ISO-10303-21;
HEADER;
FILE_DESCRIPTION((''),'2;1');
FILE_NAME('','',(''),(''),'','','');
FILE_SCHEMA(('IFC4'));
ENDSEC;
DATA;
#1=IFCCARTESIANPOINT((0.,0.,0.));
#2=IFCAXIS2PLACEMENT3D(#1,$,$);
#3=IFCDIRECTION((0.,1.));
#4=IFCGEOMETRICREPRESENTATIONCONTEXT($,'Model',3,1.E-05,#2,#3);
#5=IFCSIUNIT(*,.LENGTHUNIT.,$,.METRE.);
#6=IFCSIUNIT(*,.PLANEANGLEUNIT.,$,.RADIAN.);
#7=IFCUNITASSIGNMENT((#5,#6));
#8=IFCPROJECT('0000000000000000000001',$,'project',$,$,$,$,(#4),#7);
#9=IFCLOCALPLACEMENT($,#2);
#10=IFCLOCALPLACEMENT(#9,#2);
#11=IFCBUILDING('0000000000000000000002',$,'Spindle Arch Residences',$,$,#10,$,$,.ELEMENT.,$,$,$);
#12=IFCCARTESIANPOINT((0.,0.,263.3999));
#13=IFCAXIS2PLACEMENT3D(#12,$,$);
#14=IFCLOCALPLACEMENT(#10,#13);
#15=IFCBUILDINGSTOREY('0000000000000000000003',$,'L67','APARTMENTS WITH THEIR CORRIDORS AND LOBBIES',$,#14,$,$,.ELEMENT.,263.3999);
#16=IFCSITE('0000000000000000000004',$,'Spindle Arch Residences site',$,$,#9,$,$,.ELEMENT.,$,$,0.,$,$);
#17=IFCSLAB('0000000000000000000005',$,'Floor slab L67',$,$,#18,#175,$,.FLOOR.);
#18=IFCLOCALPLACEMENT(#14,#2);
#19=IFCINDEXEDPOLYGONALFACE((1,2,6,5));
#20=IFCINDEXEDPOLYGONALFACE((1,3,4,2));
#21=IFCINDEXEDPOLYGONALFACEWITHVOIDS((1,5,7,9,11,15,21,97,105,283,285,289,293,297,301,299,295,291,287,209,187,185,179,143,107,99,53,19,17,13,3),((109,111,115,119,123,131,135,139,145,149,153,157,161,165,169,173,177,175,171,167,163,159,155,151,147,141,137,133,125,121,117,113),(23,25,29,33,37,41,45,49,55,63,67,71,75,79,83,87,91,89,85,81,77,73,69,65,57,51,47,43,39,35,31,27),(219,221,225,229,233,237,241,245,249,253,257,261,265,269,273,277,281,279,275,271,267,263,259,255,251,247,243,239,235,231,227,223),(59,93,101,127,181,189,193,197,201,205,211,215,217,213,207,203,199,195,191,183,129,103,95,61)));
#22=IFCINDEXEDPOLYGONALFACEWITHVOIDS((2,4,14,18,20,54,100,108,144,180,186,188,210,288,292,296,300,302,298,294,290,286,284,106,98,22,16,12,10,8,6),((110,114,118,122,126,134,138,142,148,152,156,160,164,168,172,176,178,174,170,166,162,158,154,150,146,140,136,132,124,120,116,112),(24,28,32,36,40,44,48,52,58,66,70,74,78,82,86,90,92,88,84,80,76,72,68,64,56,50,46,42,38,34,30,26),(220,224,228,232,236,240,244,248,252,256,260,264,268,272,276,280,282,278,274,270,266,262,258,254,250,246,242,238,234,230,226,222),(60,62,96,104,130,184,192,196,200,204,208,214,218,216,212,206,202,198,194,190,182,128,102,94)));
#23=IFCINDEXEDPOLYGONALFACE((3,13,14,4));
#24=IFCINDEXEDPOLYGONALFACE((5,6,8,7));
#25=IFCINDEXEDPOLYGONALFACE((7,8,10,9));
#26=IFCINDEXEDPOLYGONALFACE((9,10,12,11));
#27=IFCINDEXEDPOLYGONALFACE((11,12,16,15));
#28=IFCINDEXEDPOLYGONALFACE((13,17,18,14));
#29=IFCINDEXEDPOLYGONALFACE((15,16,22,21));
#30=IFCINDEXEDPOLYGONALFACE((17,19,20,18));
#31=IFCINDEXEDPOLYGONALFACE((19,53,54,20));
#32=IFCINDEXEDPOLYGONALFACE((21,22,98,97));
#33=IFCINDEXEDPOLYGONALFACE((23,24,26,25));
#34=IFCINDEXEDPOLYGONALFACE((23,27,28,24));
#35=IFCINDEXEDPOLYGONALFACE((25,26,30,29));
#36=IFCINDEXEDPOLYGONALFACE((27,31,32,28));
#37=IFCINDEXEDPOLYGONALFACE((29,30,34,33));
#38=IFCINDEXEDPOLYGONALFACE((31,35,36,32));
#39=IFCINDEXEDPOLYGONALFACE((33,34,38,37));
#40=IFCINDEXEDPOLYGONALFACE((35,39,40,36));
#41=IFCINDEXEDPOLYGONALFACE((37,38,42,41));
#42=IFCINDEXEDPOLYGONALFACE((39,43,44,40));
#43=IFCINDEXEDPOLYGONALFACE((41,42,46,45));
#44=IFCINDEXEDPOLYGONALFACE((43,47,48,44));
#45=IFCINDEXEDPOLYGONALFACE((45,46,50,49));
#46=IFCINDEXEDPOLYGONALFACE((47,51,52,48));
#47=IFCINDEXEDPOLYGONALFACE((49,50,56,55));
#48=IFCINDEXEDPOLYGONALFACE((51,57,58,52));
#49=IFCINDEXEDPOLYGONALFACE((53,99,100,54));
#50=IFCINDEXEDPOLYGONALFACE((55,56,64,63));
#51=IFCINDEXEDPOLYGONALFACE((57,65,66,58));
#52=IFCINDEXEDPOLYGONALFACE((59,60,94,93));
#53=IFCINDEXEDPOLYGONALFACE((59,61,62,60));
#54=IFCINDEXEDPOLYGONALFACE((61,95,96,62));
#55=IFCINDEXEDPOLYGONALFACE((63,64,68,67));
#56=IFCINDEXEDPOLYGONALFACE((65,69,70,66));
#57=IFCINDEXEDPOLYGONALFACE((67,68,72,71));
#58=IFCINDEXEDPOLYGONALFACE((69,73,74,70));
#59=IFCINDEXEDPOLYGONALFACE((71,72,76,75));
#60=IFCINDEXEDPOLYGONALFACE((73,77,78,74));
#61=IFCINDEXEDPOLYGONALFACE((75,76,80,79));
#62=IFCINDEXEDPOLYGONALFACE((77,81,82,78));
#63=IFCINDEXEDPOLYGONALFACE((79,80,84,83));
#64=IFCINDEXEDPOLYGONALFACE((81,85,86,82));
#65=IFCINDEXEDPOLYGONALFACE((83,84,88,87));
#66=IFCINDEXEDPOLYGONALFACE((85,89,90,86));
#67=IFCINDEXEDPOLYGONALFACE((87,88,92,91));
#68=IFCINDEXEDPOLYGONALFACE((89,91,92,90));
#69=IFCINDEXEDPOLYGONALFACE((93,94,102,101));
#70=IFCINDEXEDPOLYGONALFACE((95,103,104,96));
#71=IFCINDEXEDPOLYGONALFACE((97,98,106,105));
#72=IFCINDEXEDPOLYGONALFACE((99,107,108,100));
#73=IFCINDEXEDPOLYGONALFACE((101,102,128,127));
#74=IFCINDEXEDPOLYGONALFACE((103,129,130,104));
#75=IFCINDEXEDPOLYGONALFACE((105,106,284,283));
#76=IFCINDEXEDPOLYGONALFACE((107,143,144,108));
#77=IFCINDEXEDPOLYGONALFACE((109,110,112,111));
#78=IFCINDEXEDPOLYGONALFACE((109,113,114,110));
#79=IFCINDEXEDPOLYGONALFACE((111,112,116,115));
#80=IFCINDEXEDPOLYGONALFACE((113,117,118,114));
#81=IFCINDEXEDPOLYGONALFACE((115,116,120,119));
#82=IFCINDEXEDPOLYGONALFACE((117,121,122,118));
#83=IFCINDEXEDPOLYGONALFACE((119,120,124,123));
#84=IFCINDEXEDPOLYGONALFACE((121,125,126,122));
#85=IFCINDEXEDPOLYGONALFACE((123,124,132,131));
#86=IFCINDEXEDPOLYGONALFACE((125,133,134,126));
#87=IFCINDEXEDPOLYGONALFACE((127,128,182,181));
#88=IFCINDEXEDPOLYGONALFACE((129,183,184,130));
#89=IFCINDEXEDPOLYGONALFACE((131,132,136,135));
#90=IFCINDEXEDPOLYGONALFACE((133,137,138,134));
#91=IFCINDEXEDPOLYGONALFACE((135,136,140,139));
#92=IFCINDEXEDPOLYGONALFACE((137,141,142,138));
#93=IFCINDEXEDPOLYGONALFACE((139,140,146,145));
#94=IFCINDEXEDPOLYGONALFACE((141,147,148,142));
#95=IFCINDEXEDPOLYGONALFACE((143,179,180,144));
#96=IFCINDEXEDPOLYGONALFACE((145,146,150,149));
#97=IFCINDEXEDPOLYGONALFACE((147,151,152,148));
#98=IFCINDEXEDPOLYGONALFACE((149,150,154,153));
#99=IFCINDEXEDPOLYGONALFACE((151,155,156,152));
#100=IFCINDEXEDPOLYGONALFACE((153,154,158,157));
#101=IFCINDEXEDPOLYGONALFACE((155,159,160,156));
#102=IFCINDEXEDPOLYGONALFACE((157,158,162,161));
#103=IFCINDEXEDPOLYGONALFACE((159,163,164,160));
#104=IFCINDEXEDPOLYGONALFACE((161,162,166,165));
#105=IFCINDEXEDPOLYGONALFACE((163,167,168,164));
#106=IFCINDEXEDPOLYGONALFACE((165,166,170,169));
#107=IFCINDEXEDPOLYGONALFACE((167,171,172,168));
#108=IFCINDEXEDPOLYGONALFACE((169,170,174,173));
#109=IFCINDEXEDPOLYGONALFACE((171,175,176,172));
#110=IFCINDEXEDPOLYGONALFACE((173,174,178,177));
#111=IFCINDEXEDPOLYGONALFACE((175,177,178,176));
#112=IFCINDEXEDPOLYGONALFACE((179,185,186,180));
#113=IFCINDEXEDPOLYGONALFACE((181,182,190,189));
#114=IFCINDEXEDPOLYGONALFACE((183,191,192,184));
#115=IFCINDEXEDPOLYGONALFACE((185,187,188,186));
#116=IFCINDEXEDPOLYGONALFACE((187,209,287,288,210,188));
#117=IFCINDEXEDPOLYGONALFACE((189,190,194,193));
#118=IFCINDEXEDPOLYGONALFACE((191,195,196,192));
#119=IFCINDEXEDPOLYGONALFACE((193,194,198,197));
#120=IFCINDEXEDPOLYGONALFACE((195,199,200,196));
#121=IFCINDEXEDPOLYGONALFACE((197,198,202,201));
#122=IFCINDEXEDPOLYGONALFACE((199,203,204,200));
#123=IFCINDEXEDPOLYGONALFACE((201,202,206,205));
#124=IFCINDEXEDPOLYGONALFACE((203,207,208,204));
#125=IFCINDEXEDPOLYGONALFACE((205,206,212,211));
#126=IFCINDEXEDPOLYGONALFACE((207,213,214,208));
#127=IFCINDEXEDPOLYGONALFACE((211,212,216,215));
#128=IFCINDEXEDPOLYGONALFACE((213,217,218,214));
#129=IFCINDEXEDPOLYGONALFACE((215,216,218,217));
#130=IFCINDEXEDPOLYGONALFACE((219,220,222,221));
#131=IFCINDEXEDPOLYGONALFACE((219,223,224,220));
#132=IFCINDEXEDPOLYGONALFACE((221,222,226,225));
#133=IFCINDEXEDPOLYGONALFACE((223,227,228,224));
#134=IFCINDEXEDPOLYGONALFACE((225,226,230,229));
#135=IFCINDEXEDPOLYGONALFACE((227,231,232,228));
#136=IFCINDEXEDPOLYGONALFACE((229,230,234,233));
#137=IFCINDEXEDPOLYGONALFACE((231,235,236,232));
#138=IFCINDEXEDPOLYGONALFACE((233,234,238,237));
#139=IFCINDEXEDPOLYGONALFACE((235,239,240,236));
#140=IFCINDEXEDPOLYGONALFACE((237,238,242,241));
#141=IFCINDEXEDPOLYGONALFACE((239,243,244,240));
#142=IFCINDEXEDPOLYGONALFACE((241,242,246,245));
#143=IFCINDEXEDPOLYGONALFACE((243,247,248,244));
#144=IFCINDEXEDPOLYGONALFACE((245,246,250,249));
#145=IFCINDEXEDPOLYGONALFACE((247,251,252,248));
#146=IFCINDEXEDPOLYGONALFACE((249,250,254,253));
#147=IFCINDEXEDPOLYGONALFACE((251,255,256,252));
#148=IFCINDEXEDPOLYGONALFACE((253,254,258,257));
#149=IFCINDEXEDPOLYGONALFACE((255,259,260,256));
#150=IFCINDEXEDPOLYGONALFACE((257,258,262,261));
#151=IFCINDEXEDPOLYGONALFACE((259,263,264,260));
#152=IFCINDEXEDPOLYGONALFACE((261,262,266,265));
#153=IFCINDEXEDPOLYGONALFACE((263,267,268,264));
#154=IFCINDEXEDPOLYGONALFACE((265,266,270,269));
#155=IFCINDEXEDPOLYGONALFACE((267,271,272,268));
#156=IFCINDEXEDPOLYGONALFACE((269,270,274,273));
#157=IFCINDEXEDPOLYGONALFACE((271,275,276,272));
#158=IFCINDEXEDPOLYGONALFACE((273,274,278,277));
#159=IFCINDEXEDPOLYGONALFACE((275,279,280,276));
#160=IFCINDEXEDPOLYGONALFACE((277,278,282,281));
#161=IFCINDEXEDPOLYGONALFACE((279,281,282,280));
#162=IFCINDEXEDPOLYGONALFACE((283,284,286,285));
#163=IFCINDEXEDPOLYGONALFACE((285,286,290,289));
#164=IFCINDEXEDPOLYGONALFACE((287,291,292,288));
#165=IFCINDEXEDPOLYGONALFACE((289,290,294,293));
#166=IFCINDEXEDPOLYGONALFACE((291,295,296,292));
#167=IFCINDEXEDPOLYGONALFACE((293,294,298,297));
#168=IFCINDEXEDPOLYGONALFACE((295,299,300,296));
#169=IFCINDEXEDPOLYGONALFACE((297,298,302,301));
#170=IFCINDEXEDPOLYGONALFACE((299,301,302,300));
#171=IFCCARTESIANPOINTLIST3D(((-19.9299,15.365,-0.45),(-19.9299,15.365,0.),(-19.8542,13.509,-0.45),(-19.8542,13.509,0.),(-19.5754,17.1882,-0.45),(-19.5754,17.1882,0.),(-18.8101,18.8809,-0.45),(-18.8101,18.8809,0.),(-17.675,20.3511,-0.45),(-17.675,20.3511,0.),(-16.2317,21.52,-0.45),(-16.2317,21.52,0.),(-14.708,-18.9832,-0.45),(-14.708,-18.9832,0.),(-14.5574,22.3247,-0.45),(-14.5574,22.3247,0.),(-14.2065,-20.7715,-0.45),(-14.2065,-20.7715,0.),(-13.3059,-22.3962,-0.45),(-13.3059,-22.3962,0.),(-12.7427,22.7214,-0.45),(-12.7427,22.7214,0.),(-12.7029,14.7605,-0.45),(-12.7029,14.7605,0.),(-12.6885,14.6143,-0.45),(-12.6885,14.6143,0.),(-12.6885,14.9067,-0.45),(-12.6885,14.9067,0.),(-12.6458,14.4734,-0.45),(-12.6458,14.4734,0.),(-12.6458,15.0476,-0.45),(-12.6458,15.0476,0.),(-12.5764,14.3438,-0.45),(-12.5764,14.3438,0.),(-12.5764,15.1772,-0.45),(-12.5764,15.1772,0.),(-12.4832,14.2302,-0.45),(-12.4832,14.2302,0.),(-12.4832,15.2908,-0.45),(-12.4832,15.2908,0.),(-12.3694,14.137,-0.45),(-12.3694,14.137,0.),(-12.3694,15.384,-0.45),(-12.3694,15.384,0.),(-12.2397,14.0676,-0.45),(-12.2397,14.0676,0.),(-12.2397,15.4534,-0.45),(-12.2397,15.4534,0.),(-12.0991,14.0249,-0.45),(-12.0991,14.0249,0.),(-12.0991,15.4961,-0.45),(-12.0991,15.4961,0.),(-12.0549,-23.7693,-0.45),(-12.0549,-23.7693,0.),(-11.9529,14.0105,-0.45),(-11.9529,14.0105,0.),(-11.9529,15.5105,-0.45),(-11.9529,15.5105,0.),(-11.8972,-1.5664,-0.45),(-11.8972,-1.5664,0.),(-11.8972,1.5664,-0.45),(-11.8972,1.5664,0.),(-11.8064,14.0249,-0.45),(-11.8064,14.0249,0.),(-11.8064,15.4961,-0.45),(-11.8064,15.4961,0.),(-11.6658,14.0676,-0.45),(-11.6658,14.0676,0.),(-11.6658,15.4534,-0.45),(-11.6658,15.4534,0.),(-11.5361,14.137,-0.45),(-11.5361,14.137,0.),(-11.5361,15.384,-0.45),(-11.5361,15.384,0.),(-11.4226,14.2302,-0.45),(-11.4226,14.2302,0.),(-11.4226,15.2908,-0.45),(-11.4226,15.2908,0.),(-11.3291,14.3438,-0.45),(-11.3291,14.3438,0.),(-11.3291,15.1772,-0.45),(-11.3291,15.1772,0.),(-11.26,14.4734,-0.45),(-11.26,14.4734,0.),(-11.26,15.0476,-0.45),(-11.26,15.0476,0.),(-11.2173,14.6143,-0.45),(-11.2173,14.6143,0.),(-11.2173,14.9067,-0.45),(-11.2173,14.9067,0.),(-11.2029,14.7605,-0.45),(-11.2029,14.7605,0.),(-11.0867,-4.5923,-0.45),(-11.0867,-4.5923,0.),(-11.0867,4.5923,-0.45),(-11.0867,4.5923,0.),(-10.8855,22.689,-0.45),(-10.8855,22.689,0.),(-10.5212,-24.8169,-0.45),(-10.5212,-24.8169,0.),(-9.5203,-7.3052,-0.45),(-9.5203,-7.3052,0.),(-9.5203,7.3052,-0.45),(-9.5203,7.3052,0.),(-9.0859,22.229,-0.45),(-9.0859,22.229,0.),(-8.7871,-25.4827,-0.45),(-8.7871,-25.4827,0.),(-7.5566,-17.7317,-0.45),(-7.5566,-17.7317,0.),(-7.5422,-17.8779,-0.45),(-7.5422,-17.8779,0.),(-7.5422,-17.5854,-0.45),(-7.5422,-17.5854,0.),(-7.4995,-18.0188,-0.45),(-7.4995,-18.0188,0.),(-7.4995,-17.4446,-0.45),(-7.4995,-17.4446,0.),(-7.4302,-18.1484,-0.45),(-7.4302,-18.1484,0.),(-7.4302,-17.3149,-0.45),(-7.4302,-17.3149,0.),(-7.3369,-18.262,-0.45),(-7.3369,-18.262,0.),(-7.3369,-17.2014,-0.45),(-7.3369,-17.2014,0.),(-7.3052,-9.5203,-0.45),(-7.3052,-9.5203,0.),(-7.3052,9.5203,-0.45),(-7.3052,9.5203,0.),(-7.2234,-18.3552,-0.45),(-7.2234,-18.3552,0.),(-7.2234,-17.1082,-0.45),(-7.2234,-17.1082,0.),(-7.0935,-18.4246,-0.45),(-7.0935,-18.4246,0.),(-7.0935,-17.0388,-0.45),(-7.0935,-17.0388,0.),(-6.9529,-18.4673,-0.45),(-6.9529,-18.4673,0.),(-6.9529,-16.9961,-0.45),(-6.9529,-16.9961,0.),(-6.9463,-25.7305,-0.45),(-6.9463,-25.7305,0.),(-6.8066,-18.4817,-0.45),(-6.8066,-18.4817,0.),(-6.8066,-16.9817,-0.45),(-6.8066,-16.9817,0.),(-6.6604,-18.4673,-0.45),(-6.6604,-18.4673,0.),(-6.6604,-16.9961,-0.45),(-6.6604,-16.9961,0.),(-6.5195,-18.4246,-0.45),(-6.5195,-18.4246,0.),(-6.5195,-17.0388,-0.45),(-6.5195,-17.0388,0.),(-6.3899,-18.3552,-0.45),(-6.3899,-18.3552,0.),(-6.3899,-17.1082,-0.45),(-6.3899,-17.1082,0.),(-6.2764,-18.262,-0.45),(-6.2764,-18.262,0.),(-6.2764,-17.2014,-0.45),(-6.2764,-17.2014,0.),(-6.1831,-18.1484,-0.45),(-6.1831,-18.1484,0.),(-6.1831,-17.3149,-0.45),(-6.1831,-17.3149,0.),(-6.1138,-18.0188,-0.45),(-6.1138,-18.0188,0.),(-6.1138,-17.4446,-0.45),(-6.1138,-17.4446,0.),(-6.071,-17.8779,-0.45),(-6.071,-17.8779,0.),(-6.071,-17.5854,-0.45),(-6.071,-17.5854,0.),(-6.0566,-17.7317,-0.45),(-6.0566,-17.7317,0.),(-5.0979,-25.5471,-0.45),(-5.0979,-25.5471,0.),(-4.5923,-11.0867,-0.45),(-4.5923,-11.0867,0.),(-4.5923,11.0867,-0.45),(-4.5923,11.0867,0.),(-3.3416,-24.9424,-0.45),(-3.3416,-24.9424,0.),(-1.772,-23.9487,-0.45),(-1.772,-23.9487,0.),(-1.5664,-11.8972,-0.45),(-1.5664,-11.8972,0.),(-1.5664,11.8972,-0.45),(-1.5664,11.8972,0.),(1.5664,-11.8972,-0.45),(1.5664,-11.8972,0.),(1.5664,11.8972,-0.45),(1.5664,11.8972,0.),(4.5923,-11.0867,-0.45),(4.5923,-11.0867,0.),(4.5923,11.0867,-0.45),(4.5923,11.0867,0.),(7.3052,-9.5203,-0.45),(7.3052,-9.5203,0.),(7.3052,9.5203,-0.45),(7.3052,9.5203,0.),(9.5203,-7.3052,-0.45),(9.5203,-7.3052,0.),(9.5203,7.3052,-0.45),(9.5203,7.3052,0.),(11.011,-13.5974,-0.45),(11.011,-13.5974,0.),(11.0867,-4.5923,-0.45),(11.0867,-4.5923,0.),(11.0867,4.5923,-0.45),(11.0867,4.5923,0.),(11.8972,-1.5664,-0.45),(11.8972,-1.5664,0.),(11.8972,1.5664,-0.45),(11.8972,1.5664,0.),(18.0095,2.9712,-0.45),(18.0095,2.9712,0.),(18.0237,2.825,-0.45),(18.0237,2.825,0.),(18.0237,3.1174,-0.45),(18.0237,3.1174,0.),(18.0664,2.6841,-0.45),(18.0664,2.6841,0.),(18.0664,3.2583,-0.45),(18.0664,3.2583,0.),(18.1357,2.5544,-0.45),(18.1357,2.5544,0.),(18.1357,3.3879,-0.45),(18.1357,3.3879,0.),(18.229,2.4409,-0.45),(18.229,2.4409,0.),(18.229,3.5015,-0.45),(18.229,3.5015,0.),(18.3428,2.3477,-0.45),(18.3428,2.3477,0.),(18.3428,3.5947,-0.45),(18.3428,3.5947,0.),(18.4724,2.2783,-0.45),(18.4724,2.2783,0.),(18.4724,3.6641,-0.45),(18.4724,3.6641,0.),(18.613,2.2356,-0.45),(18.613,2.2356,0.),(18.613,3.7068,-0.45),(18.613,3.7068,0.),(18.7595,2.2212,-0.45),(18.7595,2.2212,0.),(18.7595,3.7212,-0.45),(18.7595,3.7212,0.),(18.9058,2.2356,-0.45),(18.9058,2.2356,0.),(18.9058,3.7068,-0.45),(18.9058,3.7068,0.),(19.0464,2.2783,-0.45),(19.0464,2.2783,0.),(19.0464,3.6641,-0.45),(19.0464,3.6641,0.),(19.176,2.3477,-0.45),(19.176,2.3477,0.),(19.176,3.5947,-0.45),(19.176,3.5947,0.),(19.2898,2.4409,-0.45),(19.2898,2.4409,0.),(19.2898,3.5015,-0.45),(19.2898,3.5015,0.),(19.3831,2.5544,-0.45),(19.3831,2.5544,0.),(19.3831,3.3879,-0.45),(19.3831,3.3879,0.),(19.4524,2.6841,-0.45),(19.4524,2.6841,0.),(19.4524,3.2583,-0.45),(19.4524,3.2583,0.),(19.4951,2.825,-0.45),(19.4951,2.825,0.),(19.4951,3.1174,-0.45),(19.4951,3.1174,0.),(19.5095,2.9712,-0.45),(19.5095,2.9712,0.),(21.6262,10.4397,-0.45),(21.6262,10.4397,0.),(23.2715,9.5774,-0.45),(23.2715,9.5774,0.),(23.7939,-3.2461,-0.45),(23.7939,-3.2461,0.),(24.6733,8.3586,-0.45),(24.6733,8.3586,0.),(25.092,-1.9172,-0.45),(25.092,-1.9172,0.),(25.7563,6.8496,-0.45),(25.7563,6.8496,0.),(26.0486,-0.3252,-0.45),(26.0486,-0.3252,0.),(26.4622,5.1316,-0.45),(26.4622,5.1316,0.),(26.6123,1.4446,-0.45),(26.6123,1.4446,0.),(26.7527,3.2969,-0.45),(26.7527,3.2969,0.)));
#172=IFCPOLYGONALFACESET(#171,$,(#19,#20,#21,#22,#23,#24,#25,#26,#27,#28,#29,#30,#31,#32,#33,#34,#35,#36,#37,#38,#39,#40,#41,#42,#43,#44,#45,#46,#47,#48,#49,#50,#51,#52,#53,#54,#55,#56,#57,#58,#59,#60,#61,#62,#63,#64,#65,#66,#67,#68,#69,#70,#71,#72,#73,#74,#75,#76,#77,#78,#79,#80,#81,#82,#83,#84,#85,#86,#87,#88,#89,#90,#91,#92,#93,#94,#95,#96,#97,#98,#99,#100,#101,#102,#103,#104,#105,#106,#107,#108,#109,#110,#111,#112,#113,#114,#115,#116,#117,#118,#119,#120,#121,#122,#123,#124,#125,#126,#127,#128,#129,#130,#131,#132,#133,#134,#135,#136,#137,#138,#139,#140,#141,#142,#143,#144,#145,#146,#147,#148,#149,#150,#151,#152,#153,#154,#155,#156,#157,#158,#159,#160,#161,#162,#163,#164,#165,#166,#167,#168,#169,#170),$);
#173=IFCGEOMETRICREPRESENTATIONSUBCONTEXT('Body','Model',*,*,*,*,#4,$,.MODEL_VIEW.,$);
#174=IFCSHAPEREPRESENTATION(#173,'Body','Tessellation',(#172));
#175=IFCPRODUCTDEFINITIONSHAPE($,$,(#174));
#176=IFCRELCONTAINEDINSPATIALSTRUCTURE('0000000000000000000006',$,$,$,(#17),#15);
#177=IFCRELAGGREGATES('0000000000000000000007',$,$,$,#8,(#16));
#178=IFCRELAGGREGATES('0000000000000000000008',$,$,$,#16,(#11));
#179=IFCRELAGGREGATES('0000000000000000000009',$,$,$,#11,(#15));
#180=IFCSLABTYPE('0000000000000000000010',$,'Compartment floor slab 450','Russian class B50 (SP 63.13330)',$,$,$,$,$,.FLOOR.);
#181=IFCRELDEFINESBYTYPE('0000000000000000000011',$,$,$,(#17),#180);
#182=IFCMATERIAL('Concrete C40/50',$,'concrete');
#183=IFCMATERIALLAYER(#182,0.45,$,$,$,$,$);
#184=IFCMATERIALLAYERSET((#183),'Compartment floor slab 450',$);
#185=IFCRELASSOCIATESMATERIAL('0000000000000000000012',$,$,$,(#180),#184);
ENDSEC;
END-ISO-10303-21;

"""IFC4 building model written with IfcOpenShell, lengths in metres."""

from ifc_helpers import new_model, si_unit, direction, frame, origin, place, context, subcontext, project, spatial, polyline, outline, extrude, material, layer, layer_set, type_object, element, save


model = new_model("IFC4")

# Units and contexts
model_context = context("Model", 3, precision=1e-05, world=origin(), true_north=direction((0.0, 1.0)))
body_context = subcontext(model_context, "Body", "Model", "MODEL_VIEW")
ifc_project = project(units=[si_unit("LENGTHUNIT", "METRE"), si_unit("PLANEANGLEUNIT", "RADIAN")], contexts=[model_context])

# Site, building, storey
site_placement = place(None, origin())
site = spatial("IfcSite", under=ifc_project, at=site_placement, Name="Spindle Arch Residences site", CompositionType="ELEMENT", RefElevation=0.0)
building_placement = place(site_placement, origin())
building = spatial("IfcBuilding", under=site, at=building_placement, Name="Spindle Arch Residences", CompositionType="ELEMENT")
storey_placement = place(building_placement, frame((0.0, 0.0, 263.3999)))
storey = spatial("IfcBuildingStorey", under=building, at=storey_placement, Name="L67", Description="APARTMENTS WITH THEIR CORRIDORS AND LOBBIES", CompositionType="ELEMENT", Elevation=263.3999)

# Slab
ifc_material_1 = material(Name="Concrete C40/50", Category="concrete")
ifc_layer_1 = layer(ifc_material_1, 0.45)
ifc_layer_set_1 = layer_set([ifc_layer_1], Name="Compartment floor slab 450")
slab_type_1 = type_object("IfcSlabType", Name="Compartment floor slab 450", Description="Russian class B50 (SP 63.13330)", PredefinedType="FLOOR", material=ifc_layer_set_1)
slab_1_placement = place(storey_placement, frame((0.0, 0.0, -0.45)))
element("IfcSlab", 1, at=slab_1_placement, inside=storey, type_object=slab_type_1, Name="Floor slab L67", PredefinedType="FLOOR", context=body_context, shape_type="SweptSolid", body=[
    extrude(outline(polyline([(-3.3416, -24.9424), (-5.0979, -25.5471), (-6.9463, -25.7305), (-8.7871, -25.4827), (-10.5212, -24.8169), (-12.0549, -23.7693), (-13.3059, -22.3962), (-14.2065, -20.7715), (-14.708, -18.9832), (-19.8542, 13.509), (-19.9299, 15.365), (-19.5754, 17.1882), (-18.8101, 18.8809), (-17.675, 20.3511), (-16.2317, 21.52), (-14.5574, 22.3247), (-12.7427, 22.7214), (-10.8855, 22.689), (-9.0859, 22.229), (21.6262, 10.4397), (23.2715, 9.5774), (24.6733, 8.3586), (25.7563, 6.8496), (26.4622, 5.1316), (26.7527, 3.2969), (26.6123, 1.4446), (26.0486, -0.3252), (25.092, -1.9172), (23.7939, -3.2461), (11.011, -13.5974), (-1.772, -23.9487), (-3.3416, -24.9424)]), holes=[polyline([(7.3052, -9.5203), (9.5203, -7.3052), (11.0867, -4.5923), (11.8972, -1.5664), (11.8972, 1.5664), (11.0867, 4.5923), (9.5203, 7.3052), (7.3052, 9.5203), (4.5923, 11.0867), (1.5664, 11.8972), (-1.5664, 11.8972), (-4.5923, 11.0867), (-7.3052, 9.5203), (-9.5203, 7.3052), (-11.0867, 4.5923), (-11.8972, 1.5664), (-11.8972, -1.5664), (-11.0867, -4.5923), (-9.5203, -7.3052), (-7.3052, -9.5203), (-4.5923, -11.0867), (-1.5664, -11.8972), (1.5664, -11.8972), (4.5923, -11.0867), (7.3052, -9.5203)]), polyline([(-6.2764, -18.262), (-6.1831, -18.1484), (-6.1138, -18.0188), (-6.071, -17.8779), (-6.0566, -17.7317), (-6.071, -17.5854), (-6.1138, -17.4446), (-6.1831, -17.3149), (-6.2764, -17.2014), (-6.3899, -17.1082), (-6.5195, -17.0388), (-6.6604, -16.9961), (-6.8066, -16.9817), (-6.9529, -16.9961), (-7.0935, -17.0388), (-7.2234, -17.1082), (-7.3369, -17.2014), (-7.4302, -17.3149), (-7.4995, -17.4446), (-7.5422, -17.5854), (-7.5566, -17.7317), (-7.5422, -17.8779), (-7.4995, -18.0188), (-7.4302, -18.1484), (-7.3369, -18.262), (-7.2234, -18.3552), (-7.0935, -18.4246), (-6.9529, -18.4673), (-6.8066, -18.4817), (-6.6604, -18.4673), (-6.5195, -18.4246), (-6.3899, -18.3552), (-6.2764, -18.262)]), polyline([(-11.3291, 14.3438), (-11.26, 14.4734), (-11.2173, 14.6143), (-11.2029, 14.7605), (-11.2173, 14.9067), (-11.26, 15.0476), (-11.3291, 15.1772), (-11.4226, 15.2908), (-11.5361, 15.384), (-11.6658, 15.4534), (-11.8064, 15.4961), (-11.9529, 15.5105), (-12.0991, 15.4961), (-12.2397, 15.4534), (-12.3694, 15.384), (-12.4832, 15.2908), (-12.5764, 15.1772), (-12.6458, 15.0476), (-12.6885, 14.9067), (-12.7029, 14.7605), (-12.6885, 14.6143), (-12.6458, 14.4734), (-12.5764, 14.3438), (-12.4832, 14.2302), (-12.3694, 14.137), (-12.2397, 14.0676), (-12.0991, 14.0249), (-11.9529, 14.0105), (-11.8064, 14.0249), (-11.6658, 14.0676), (-11.5361, 14.137), (-11.4226, 14.2302), (-11.3291, 14.3438)]), polyline([(19.3831, 2.5544), (19.4524, 2.6841), (19.4951, 2.825), (19.5095, 2.9712), (19.4951, 3.1174), (19.4524, 3.2583), (19.3831, 3.3879), (19.2898, 3.5015), (19.176, 3.5947), (19.0464, 3.6641), (18.9058, 3.7068), (18.7595, 3.7212), (18.613, 3.7068), (18.4724, 3.6641), (18.3428, 3.5947), (18.229, 3.5015), (18.1357, 3.3879), (18.0664, 3.2583), (18.0237, 3.1174), (18.0095, 2.9712), (18.0237, 2.825), (18.0664, 2.6841), (18.1357, 2.5544), (18.229, 2.4409), (18.3428, 2.3477), (18.4724, 2.2783), (18.613, 2.2356), (18.7595, 2.2212), (18.9058, 2.2356), (19.0464, 2.2783), (19.176, 2.3477), (19.2898, 2.4409), (19.3831, 2.5544)])]), origin(), (0.0, 0.0, 1.0), 0.45),
])

save(model, "model.ifc")
